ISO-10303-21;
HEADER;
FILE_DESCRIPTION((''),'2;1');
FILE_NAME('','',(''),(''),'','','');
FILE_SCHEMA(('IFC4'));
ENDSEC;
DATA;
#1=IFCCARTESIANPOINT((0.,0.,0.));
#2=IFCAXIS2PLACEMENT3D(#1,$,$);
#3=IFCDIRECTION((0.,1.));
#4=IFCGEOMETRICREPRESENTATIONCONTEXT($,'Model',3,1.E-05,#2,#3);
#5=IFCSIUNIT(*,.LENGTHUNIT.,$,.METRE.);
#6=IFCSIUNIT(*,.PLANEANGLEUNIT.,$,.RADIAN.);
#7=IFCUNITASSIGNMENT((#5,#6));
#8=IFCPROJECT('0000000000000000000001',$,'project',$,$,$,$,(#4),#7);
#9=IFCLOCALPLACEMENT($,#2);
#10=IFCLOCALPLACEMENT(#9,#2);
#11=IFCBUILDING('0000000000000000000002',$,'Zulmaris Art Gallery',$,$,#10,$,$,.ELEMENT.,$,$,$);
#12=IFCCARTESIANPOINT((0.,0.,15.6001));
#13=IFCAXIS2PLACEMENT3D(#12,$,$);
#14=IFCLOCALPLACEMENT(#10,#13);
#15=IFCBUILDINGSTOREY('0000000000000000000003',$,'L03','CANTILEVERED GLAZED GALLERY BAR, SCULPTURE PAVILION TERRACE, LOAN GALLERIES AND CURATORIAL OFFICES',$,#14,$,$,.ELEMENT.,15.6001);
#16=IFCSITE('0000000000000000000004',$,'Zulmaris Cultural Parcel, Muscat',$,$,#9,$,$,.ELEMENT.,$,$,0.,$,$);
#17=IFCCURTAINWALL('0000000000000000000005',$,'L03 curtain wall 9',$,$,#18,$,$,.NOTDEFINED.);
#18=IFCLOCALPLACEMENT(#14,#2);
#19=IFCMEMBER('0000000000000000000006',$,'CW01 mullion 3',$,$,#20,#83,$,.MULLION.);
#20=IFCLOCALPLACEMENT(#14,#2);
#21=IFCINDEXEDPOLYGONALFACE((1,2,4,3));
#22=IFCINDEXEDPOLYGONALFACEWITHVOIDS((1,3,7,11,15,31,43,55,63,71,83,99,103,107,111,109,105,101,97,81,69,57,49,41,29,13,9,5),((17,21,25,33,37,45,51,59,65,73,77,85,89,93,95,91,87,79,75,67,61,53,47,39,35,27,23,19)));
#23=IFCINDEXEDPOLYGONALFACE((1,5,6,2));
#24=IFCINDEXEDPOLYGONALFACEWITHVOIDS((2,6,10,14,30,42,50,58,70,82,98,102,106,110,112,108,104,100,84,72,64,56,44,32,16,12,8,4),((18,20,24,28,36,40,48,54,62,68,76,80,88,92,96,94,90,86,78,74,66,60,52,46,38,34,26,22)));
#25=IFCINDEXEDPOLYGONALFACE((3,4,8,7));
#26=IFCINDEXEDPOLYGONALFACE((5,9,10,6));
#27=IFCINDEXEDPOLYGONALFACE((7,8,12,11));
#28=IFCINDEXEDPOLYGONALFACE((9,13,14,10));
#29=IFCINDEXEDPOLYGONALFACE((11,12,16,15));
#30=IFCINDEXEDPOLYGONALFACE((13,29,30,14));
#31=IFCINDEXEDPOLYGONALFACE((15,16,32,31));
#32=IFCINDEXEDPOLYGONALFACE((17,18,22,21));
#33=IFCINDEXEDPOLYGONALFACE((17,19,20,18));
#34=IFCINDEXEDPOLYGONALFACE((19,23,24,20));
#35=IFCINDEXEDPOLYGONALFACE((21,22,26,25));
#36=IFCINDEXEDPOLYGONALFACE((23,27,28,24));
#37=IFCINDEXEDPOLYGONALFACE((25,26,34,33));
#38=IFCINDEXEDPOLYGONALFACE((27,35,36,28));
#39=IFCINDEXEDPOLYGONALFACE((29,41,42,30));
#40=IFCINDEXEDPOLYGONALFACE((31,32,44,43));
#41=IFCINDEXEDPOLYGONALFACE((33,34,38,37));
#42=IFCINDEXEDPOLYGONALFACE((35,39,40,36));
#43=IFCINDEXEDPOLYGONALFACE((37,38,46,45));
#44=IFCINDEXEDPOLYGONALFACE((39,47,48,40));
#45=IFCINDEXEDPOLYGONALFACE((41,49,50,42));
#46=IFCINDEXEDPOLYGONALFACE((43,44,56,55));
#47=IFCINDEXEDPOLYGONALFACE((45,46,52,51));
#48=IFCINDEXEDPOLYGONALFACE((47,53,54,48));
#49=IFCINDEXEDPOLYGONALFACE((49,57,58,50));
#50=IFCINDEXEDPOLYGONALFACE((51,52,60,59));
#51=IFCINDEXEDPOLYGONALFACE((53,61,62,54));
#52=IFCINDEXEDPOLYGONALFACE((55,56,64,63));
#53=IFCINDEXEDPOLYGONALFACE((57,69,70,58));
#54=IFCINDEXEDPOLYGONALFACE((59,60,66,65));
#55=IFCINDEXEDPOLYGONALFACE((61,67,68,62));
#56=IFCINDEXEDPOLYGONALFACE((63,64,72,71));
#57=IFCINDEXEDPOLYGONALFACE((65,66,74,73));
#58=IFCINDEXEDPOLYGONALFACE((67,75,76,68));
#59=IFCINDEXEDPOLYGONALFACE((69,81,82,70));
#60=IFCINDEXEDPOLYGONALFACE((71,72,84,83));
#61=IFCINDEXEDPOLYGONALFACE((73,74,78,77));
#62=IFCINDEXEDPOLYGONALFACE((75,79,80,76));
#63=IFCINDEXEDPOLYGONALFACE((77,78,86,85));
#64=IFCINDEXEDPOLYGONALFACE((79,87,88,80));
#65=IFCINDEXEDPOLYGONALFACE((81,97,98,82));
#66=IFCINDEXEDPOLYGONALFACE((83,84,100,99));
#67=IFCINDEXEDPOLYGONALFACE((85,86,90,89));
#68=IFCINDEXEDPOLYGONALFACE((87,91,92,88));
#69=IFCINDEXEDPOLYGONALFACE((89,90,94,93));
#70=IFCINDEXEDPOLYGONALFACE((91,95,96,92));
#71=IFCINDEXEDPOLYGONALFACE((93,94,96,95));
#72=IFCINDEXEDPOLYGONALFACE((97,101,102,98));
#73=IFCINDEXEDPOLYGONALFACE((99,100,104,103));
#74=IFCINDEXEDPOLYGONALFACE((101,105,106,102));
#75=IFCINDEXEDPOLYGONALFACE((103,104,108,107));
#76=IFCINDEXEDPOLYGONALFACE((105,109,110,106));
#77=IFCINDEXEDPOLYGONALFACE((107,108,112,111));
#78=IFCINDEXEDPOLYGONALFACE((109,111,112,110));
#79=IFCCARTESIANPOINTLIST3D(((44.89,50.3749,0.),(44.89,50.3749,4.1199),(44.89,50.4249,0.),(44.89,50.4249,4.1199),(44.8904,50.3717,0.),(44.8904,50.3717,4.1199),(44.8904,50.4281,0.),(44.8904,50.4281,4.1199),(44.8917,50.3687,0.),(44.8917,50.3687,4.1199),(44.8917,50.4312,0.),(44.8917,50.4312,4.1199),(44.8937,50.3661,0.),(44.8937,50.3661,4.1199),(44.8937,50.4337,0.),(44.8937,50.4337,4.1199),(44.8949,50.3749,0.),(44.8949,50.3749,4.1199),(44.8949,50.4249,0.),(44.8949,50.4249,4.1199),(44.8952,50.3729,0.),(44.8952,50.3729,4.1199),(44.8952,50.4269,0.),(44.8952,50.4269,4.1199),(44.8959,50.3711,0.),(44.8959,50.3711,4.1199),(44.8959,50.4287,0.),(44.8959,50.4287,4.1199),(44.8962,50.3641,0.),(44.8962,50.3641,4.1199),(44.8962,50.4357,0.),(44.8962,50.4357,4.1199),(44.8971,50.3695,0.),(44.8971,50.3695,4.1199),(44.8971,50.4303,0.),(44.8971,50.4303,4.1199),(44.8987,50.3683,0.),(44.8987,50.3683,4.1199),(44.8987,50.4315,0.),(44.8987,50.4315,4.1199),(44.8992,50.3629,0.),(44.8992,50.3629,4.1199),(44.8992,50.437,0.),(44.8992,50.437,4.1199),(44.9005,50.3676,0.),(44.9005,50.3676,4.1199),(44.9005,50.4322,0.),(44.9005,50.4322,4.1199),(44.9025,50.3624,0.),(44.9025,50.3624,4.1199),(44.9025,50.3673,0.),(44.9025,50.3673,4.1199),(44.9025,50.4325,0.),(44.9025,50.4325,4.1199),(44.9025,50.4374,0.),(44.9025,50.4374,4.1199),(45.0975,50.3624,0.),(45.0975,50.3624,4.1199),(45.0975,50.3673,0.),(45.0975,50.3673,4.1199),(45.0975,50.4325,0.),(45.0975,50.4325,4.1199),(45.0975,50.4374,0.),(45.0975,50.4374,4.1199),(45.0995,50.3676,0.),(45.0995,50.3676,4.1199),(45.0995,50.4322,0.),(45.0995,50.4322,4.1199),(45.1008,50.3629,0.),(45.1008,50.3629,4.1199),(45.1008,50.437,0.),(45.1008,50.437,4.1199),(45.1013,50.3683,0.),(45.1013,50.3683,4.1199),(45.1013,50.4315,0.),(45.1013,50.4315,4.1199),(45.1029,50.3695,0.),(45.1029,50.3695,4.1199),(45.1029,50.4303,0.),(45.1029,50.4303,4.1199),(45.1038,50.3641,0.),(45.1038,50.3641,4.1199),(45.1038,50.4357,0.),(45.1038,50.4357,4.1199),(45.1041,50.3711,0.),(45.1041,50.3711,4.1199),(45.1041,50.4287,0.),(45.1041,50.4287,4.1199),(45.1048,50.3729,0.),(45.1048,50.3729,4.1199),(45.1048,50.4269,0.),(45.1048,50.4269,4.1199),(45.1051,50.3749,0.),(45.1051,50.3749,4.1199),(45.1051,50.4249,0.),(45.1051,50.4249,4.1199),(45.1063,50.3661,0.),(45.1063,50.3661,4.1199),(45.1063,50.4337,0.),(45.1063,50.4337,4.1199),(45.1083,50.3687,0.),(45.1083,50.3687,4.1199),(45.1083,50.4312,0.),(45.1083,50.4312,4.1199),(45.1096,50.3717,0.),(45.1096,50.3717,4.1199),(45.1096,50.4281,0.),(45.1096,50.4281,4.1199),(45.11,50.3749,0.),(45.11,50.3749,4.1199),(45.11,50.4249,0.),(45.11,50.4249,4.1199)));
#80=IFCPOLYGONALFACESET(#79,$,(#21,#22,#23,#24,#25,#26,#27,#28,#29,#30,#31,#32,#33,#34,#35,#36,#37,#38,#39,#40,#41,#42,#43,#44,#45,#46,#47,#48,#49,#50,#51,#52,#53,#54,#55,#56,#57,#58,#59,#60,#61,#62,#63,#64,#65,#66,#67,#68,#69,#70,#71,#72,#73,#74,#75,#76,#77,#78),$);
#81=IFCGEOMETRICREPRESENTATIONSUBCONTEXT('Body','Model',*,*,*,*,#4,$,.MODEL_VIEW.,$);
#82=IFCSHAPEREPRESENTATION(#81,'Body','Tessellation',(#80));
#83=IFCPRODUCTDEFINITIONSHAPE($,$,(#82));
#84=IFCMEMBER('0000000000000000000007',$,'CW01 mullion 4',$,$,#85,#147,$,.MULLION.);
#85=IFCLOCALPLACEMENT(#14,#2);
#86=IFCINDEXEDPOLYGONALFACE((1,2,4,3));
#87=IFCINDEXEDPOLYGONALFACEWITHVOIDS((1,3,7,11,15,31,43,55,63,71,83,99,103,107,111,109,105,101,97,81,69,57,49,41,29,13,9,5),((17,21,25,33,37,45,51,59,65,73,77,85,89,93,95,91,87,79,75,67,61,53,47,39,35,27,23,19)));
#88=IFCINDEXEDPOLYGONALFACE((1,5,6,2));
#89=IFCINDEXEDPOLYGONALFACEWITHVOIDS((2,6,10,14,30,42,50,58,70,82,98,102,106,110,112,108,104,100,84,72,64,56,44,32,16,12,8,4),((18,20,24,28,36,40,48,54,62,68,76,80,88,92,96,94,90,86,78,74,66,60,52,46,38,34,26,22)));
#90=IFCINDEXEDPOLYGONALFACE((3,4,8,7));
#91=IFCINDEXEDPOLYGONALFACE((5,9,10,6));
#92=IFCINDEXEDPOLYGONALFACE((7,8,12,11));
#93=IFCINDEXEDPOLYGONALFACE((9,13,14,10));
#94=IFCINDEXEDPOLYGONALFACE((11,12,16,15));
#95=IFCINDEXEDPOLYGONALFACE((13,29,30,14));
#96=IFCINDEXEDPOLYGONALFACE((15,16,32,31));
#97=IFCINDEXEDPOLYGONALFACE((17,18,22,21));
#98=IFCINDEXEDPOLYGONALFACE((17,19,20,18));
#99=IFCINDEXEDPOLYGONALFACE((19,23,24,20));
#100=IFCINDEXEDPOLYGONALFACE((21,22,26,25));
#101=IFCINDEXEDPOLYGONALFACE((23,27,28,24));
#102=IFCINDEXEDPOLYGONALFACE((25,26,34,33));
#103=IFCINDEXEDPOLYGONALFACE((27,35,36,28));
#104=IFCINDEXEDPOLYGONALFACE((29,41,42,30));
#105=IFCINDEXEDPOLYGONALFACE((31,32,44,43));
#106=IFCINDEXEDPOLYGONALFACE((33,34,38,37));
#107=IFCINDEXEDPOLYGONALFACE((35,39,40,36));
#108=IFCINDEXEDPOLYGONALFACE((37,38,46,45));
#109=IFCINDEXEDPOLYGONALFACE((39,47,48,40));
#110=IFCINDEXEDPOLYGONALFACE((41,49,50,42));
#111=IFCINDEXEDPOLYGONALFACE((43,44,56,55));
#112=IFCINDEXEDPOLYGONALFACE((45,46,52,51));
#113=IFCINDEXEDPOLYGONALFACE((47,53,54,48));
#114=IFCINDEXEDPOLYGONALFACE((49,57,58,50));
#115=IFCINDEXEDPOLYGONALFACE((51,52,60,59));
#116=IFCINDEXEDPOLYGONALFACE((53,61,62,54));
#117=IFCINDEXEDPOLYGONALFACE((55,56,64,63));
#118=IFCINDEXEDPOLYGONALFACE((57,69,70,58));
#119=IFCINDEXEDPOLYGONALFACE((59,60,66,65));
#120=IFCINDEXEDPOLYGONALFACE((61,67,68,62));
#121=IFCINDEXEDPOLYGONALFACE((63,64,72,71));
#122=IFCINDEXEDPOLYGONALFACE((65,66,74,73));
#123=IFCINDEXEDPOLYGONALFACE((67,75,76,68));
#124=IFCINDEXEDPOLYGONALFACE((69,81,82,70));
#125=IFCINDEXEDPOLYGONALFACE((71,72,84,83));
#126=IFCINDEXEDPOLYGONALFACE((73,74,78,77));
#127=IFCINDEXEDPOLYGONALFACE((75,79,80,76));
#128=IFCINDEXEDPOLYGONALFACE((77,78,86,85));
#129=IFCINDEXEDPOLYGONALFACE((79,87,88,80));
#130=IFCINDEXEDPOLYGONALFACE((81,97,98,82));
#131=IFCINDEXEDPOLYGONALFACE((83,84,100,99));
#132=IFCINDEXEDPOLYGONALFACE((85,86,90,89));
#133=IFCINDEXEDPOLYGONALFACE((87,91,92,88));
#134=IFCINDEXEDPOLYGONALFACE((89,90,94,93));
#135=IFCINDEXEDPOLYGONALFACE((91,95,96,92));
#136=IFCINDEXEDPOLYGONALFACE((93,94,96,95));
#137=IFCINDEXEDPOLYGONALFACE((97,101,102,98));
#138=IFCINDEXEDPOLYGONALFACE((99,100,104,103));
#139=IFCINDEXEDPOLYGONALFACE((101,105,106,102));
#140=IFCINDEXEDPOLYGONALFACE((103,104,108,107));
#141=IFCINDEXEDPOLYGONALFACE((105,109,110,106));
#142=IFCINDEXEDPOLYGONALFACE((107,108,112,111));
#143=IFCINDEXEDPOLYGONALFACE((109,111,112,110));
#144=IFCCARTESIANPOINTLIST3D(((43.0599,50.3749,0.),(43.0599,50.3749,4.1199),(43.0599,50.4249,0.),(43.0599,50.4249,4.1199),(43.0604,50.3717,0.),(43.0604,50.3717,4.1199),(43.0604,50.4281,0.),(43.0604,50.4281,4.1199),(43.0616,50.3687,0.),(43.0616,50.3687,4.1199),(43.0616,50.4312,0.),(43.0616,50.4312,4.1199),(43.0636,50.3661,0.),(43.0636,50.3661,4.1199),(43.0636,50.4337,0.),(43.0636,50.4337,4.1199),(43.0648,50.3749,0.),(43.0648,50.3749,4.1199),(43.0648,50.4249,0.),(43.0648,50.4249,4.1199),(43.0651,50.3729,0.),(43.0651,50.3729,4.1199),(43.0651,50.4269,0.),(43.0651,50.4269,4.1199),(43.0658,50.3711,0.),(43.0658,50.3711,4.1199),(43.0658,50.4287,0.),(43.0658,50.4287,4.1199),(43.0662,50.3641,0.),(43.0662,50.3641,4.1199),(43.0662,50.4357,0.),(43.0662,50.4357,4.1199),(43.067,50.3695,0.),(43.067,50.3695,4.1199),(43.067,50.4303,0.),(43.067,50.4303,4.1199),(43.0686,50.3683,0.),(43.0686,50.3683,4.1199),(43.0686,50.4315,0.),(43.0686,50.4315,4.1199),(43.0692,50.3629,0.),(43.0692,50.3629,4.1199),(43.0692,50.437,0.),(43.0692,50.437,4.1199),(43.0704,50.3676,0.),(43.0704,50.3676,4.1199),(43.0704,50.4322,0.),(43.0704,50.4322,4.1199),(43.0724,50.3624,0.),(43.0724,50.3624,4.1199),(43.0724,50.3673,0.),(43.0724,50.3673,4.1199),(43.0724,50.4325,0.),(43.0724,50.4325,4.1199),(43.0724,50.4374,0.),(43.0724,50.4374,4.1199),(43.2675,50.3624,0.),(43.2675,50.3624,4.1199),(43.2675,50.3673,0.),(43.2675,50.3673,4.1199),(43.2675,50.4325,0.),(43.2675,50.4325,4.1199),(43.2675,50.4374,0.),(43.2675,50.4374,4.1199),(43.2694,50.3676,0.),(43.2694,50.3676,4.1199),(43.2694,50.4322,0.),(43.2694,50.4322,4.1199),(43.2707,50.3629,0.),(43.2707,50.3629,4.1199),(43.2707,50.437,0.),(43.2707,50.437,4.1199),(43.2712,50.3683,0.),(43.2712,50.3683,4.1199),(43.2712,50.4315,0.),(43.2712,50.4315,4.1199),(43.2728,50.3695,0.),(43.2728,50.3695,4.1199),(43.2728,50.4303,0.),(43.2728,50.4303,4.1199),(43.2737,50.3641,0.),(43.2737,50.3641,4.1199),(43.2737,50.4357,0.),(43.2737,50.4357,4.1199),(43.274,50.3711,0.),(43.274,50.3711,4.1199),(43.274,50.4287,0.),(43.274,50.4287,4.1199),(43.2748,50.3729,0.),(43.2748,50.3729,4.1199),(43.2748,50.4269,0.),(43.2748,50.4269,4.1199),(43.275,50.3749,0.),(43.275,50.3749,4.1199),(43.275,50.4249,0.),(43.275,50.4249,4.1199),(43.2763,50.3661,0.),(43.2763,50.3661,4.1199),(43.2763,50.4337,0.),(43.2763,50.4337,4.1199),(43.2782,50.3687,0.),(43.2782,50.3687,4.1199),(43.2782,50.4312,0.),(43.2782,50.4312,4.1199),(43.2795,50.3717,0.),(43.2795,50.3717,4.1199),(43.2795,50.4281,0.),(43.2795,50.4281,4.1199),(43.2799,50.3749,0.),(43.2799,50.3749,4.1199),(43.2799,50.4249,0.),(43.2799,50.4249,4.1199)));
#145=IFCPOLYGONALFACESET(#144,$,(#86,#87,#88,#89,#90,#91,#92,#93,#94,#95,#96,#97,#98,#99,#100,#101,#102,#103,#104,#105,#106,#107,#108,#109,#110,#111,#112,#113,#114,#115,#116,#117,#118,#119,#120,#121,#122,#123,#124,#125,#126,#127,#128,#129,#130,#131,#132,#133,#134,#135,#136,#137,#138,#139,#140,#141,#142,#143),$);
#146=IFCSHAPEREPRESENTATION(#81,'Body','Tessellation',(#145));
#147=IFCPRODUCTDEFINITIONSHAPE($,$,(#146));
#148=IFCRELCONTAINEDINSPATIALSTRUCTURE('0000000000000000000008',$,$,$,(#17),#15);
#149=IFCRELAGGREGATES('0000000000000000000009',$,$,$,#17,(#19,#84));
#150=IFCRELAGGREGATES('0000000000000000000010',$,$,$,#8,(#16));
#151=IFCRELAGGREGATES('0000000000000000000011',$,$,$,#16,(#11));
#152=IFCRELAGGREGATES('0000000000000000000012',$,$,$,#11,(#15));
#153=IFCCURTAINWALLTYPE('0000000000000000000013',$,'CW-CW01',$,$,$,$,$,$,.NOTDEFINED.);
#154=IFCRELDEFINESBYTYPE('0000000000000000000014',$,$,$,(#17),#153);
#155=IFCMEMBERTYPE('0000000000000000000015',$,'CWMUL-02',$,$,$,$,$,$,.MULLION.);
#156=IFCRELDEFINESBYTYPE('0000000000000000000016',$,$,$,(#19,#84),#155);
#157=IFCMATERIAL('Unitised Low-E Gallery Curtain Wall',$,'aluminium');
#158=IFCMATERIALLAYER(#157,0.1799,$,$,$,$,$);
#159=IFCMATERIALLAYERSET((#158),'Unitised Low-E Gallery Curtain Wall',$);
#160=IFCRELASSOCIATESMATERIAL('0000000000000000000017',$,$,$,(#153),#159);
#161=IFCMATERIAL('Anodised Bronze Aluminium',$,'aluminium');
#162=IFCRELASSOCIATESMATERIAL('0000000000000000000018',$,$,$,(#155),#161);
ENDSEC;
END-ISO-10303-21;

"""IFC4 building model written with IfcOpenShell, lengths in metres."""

from ifc_helpers import new_model, si_unit, direction, frame, origin, origin_2d, place, context, subcontext, project, spatial, hollow_rectangle, extrude, material, layer, layer_set, material_profile, profile_set, type_object, element, aggregate, save


model = new_model("IFC4")

# Units and contexts
model_context = context("Model", 3, precision=1e-05, world=origin(), true_north=direction((0.0, 1.0)))
body_context = subcontext(model_context, "Body", "Model", "MODEL_VIEW")
ifc_project = project(units=[si_unit("LENGTHUNIT", "METRE"), si_unit("PLANEANGLEUNIT", "RADIAN")], contexts=[model_context])

# Site, building, storey
site_placement = place(None, origin())
site = spatial("IfcSite", under=ifc_project, at=site_placement, Name="Zulmaris Cultural Parcel, Muscat", CompositionType="ELEMENT", RefElevation=0.0)
building_placement = place(site_placement, origin())
building = spatial("IfcBuilding", under=site, at=building_placement, Name="Zulmaris Art Gallery", CompositionType="ELEMENT")
storey_placement = place(building_placement, frame((0.0, 0.0, 15.6001)))
storey = spatial("IfcBuildingStorey", under=building, at=storey_placement, Name="L03", Description="CANTILEVERED GLAZED GALLERY BAR, SCULPTURE PAVILION TERRACE, LOAN GALLERIES AND CURATORIAL OFFICES", CompositionType="ELEMENT", Elevation=15.6001)

# Shared definitions
ifc_material_1 = material(Name="Unitised Low-E Gallery Curtain Wall", Category="aluminium")
ifc_layer_1 = layer(ifc_material_1, 0.1799)
ifc_layer_set_1 = layer_set([ifc_layer_1], Name="Unitised Low-E Gallery Curtain Wall")
curtain_wall_type = type_object("IfcCurtainWallType", Name="CW-CW01", PredefinedType="NOTDEFINED", material=ifc_layer_set_1)
ifc_material_2 = material(Name="Anodised Bronze Aluminium", Category="aluminium")
ifc_material_profile_1 = material_profile(ifc_material_2, hollow_rectangle(XDim=0.075, YDim=0.22, WallThickness=0.0049, InnerFilletRadius=0.0076, OuterFilletRadius=0.0125, at=origin_2d()), Name="ALU 75x220x5")
ifc_profile_set_1 = profile_set([ifc_material_profile_1], Name="Anodised Bronze Aluminium")
member_type_1 = type_object("IfcMemberType", Name="CWMUL-02", PredefinedType="MULLION", material=ifc_profile_set_1)

# Curtain wall, members
curtain_wall_1_placement = place(storey_placement, origin())
curtain_wall_1 = element("IfcCurtainWall", 1, at=curtain_wall_1_placement, inside=storey, type_object=curtain_wall_type, Name="L03 curtain wall 9", PredefinedType="NOTDEFINED")
member_1_placement = place(storey_placement, frame((45.0, 50.3999, 0.0), z_axis=(0.0, 0.0, 1.0), x_axis=(0.0, -1.0, 0.0)))
member_1 = element("IfcMember", 2, at=member_1_placement, type_object=member_type_1, Name="CW01 mullion 3", PredefinedType="MULLION", context=body_context, shape_type="SweptSolid", body=[
    extrude(hollow_rectangle(XDim=0.075, YDim=0.22, WallThickness=0.0049, InnerFilletRadius=0.0076, OuterFilletRadius=0.0125, at=origin_2d()), origin(), (0.0, 0.0, 1.0), 4.1199),
])
member_2_placement = place(storey_placement, frame((43.1699, 50.3999, 0.0), z_axis=(0.0, 0.0, 1.0), x_axis=(0.0, -1.0, 0.0)))
member_2 = element("IfcMember", 3, at=member_2_placement, type_object=member_type_1, Name="CW01 mullion 4", PredefinedType="MULLION", context=body_context, shape_type="SweptSolid", body=[
    extrude(hollow_rectangle(XDim=0.075, YDim=0.22, WallThickness=0.0049, InnerFilletRadius=0.0076, OuterFilletRadius=0.0125, at=origin_2d()), origin(), (0.0, 0.0, 1.0), 4.1199),
])

aggregate(curtain_wall_1, [member_1, member_2])

save(model, "model.ifc")
